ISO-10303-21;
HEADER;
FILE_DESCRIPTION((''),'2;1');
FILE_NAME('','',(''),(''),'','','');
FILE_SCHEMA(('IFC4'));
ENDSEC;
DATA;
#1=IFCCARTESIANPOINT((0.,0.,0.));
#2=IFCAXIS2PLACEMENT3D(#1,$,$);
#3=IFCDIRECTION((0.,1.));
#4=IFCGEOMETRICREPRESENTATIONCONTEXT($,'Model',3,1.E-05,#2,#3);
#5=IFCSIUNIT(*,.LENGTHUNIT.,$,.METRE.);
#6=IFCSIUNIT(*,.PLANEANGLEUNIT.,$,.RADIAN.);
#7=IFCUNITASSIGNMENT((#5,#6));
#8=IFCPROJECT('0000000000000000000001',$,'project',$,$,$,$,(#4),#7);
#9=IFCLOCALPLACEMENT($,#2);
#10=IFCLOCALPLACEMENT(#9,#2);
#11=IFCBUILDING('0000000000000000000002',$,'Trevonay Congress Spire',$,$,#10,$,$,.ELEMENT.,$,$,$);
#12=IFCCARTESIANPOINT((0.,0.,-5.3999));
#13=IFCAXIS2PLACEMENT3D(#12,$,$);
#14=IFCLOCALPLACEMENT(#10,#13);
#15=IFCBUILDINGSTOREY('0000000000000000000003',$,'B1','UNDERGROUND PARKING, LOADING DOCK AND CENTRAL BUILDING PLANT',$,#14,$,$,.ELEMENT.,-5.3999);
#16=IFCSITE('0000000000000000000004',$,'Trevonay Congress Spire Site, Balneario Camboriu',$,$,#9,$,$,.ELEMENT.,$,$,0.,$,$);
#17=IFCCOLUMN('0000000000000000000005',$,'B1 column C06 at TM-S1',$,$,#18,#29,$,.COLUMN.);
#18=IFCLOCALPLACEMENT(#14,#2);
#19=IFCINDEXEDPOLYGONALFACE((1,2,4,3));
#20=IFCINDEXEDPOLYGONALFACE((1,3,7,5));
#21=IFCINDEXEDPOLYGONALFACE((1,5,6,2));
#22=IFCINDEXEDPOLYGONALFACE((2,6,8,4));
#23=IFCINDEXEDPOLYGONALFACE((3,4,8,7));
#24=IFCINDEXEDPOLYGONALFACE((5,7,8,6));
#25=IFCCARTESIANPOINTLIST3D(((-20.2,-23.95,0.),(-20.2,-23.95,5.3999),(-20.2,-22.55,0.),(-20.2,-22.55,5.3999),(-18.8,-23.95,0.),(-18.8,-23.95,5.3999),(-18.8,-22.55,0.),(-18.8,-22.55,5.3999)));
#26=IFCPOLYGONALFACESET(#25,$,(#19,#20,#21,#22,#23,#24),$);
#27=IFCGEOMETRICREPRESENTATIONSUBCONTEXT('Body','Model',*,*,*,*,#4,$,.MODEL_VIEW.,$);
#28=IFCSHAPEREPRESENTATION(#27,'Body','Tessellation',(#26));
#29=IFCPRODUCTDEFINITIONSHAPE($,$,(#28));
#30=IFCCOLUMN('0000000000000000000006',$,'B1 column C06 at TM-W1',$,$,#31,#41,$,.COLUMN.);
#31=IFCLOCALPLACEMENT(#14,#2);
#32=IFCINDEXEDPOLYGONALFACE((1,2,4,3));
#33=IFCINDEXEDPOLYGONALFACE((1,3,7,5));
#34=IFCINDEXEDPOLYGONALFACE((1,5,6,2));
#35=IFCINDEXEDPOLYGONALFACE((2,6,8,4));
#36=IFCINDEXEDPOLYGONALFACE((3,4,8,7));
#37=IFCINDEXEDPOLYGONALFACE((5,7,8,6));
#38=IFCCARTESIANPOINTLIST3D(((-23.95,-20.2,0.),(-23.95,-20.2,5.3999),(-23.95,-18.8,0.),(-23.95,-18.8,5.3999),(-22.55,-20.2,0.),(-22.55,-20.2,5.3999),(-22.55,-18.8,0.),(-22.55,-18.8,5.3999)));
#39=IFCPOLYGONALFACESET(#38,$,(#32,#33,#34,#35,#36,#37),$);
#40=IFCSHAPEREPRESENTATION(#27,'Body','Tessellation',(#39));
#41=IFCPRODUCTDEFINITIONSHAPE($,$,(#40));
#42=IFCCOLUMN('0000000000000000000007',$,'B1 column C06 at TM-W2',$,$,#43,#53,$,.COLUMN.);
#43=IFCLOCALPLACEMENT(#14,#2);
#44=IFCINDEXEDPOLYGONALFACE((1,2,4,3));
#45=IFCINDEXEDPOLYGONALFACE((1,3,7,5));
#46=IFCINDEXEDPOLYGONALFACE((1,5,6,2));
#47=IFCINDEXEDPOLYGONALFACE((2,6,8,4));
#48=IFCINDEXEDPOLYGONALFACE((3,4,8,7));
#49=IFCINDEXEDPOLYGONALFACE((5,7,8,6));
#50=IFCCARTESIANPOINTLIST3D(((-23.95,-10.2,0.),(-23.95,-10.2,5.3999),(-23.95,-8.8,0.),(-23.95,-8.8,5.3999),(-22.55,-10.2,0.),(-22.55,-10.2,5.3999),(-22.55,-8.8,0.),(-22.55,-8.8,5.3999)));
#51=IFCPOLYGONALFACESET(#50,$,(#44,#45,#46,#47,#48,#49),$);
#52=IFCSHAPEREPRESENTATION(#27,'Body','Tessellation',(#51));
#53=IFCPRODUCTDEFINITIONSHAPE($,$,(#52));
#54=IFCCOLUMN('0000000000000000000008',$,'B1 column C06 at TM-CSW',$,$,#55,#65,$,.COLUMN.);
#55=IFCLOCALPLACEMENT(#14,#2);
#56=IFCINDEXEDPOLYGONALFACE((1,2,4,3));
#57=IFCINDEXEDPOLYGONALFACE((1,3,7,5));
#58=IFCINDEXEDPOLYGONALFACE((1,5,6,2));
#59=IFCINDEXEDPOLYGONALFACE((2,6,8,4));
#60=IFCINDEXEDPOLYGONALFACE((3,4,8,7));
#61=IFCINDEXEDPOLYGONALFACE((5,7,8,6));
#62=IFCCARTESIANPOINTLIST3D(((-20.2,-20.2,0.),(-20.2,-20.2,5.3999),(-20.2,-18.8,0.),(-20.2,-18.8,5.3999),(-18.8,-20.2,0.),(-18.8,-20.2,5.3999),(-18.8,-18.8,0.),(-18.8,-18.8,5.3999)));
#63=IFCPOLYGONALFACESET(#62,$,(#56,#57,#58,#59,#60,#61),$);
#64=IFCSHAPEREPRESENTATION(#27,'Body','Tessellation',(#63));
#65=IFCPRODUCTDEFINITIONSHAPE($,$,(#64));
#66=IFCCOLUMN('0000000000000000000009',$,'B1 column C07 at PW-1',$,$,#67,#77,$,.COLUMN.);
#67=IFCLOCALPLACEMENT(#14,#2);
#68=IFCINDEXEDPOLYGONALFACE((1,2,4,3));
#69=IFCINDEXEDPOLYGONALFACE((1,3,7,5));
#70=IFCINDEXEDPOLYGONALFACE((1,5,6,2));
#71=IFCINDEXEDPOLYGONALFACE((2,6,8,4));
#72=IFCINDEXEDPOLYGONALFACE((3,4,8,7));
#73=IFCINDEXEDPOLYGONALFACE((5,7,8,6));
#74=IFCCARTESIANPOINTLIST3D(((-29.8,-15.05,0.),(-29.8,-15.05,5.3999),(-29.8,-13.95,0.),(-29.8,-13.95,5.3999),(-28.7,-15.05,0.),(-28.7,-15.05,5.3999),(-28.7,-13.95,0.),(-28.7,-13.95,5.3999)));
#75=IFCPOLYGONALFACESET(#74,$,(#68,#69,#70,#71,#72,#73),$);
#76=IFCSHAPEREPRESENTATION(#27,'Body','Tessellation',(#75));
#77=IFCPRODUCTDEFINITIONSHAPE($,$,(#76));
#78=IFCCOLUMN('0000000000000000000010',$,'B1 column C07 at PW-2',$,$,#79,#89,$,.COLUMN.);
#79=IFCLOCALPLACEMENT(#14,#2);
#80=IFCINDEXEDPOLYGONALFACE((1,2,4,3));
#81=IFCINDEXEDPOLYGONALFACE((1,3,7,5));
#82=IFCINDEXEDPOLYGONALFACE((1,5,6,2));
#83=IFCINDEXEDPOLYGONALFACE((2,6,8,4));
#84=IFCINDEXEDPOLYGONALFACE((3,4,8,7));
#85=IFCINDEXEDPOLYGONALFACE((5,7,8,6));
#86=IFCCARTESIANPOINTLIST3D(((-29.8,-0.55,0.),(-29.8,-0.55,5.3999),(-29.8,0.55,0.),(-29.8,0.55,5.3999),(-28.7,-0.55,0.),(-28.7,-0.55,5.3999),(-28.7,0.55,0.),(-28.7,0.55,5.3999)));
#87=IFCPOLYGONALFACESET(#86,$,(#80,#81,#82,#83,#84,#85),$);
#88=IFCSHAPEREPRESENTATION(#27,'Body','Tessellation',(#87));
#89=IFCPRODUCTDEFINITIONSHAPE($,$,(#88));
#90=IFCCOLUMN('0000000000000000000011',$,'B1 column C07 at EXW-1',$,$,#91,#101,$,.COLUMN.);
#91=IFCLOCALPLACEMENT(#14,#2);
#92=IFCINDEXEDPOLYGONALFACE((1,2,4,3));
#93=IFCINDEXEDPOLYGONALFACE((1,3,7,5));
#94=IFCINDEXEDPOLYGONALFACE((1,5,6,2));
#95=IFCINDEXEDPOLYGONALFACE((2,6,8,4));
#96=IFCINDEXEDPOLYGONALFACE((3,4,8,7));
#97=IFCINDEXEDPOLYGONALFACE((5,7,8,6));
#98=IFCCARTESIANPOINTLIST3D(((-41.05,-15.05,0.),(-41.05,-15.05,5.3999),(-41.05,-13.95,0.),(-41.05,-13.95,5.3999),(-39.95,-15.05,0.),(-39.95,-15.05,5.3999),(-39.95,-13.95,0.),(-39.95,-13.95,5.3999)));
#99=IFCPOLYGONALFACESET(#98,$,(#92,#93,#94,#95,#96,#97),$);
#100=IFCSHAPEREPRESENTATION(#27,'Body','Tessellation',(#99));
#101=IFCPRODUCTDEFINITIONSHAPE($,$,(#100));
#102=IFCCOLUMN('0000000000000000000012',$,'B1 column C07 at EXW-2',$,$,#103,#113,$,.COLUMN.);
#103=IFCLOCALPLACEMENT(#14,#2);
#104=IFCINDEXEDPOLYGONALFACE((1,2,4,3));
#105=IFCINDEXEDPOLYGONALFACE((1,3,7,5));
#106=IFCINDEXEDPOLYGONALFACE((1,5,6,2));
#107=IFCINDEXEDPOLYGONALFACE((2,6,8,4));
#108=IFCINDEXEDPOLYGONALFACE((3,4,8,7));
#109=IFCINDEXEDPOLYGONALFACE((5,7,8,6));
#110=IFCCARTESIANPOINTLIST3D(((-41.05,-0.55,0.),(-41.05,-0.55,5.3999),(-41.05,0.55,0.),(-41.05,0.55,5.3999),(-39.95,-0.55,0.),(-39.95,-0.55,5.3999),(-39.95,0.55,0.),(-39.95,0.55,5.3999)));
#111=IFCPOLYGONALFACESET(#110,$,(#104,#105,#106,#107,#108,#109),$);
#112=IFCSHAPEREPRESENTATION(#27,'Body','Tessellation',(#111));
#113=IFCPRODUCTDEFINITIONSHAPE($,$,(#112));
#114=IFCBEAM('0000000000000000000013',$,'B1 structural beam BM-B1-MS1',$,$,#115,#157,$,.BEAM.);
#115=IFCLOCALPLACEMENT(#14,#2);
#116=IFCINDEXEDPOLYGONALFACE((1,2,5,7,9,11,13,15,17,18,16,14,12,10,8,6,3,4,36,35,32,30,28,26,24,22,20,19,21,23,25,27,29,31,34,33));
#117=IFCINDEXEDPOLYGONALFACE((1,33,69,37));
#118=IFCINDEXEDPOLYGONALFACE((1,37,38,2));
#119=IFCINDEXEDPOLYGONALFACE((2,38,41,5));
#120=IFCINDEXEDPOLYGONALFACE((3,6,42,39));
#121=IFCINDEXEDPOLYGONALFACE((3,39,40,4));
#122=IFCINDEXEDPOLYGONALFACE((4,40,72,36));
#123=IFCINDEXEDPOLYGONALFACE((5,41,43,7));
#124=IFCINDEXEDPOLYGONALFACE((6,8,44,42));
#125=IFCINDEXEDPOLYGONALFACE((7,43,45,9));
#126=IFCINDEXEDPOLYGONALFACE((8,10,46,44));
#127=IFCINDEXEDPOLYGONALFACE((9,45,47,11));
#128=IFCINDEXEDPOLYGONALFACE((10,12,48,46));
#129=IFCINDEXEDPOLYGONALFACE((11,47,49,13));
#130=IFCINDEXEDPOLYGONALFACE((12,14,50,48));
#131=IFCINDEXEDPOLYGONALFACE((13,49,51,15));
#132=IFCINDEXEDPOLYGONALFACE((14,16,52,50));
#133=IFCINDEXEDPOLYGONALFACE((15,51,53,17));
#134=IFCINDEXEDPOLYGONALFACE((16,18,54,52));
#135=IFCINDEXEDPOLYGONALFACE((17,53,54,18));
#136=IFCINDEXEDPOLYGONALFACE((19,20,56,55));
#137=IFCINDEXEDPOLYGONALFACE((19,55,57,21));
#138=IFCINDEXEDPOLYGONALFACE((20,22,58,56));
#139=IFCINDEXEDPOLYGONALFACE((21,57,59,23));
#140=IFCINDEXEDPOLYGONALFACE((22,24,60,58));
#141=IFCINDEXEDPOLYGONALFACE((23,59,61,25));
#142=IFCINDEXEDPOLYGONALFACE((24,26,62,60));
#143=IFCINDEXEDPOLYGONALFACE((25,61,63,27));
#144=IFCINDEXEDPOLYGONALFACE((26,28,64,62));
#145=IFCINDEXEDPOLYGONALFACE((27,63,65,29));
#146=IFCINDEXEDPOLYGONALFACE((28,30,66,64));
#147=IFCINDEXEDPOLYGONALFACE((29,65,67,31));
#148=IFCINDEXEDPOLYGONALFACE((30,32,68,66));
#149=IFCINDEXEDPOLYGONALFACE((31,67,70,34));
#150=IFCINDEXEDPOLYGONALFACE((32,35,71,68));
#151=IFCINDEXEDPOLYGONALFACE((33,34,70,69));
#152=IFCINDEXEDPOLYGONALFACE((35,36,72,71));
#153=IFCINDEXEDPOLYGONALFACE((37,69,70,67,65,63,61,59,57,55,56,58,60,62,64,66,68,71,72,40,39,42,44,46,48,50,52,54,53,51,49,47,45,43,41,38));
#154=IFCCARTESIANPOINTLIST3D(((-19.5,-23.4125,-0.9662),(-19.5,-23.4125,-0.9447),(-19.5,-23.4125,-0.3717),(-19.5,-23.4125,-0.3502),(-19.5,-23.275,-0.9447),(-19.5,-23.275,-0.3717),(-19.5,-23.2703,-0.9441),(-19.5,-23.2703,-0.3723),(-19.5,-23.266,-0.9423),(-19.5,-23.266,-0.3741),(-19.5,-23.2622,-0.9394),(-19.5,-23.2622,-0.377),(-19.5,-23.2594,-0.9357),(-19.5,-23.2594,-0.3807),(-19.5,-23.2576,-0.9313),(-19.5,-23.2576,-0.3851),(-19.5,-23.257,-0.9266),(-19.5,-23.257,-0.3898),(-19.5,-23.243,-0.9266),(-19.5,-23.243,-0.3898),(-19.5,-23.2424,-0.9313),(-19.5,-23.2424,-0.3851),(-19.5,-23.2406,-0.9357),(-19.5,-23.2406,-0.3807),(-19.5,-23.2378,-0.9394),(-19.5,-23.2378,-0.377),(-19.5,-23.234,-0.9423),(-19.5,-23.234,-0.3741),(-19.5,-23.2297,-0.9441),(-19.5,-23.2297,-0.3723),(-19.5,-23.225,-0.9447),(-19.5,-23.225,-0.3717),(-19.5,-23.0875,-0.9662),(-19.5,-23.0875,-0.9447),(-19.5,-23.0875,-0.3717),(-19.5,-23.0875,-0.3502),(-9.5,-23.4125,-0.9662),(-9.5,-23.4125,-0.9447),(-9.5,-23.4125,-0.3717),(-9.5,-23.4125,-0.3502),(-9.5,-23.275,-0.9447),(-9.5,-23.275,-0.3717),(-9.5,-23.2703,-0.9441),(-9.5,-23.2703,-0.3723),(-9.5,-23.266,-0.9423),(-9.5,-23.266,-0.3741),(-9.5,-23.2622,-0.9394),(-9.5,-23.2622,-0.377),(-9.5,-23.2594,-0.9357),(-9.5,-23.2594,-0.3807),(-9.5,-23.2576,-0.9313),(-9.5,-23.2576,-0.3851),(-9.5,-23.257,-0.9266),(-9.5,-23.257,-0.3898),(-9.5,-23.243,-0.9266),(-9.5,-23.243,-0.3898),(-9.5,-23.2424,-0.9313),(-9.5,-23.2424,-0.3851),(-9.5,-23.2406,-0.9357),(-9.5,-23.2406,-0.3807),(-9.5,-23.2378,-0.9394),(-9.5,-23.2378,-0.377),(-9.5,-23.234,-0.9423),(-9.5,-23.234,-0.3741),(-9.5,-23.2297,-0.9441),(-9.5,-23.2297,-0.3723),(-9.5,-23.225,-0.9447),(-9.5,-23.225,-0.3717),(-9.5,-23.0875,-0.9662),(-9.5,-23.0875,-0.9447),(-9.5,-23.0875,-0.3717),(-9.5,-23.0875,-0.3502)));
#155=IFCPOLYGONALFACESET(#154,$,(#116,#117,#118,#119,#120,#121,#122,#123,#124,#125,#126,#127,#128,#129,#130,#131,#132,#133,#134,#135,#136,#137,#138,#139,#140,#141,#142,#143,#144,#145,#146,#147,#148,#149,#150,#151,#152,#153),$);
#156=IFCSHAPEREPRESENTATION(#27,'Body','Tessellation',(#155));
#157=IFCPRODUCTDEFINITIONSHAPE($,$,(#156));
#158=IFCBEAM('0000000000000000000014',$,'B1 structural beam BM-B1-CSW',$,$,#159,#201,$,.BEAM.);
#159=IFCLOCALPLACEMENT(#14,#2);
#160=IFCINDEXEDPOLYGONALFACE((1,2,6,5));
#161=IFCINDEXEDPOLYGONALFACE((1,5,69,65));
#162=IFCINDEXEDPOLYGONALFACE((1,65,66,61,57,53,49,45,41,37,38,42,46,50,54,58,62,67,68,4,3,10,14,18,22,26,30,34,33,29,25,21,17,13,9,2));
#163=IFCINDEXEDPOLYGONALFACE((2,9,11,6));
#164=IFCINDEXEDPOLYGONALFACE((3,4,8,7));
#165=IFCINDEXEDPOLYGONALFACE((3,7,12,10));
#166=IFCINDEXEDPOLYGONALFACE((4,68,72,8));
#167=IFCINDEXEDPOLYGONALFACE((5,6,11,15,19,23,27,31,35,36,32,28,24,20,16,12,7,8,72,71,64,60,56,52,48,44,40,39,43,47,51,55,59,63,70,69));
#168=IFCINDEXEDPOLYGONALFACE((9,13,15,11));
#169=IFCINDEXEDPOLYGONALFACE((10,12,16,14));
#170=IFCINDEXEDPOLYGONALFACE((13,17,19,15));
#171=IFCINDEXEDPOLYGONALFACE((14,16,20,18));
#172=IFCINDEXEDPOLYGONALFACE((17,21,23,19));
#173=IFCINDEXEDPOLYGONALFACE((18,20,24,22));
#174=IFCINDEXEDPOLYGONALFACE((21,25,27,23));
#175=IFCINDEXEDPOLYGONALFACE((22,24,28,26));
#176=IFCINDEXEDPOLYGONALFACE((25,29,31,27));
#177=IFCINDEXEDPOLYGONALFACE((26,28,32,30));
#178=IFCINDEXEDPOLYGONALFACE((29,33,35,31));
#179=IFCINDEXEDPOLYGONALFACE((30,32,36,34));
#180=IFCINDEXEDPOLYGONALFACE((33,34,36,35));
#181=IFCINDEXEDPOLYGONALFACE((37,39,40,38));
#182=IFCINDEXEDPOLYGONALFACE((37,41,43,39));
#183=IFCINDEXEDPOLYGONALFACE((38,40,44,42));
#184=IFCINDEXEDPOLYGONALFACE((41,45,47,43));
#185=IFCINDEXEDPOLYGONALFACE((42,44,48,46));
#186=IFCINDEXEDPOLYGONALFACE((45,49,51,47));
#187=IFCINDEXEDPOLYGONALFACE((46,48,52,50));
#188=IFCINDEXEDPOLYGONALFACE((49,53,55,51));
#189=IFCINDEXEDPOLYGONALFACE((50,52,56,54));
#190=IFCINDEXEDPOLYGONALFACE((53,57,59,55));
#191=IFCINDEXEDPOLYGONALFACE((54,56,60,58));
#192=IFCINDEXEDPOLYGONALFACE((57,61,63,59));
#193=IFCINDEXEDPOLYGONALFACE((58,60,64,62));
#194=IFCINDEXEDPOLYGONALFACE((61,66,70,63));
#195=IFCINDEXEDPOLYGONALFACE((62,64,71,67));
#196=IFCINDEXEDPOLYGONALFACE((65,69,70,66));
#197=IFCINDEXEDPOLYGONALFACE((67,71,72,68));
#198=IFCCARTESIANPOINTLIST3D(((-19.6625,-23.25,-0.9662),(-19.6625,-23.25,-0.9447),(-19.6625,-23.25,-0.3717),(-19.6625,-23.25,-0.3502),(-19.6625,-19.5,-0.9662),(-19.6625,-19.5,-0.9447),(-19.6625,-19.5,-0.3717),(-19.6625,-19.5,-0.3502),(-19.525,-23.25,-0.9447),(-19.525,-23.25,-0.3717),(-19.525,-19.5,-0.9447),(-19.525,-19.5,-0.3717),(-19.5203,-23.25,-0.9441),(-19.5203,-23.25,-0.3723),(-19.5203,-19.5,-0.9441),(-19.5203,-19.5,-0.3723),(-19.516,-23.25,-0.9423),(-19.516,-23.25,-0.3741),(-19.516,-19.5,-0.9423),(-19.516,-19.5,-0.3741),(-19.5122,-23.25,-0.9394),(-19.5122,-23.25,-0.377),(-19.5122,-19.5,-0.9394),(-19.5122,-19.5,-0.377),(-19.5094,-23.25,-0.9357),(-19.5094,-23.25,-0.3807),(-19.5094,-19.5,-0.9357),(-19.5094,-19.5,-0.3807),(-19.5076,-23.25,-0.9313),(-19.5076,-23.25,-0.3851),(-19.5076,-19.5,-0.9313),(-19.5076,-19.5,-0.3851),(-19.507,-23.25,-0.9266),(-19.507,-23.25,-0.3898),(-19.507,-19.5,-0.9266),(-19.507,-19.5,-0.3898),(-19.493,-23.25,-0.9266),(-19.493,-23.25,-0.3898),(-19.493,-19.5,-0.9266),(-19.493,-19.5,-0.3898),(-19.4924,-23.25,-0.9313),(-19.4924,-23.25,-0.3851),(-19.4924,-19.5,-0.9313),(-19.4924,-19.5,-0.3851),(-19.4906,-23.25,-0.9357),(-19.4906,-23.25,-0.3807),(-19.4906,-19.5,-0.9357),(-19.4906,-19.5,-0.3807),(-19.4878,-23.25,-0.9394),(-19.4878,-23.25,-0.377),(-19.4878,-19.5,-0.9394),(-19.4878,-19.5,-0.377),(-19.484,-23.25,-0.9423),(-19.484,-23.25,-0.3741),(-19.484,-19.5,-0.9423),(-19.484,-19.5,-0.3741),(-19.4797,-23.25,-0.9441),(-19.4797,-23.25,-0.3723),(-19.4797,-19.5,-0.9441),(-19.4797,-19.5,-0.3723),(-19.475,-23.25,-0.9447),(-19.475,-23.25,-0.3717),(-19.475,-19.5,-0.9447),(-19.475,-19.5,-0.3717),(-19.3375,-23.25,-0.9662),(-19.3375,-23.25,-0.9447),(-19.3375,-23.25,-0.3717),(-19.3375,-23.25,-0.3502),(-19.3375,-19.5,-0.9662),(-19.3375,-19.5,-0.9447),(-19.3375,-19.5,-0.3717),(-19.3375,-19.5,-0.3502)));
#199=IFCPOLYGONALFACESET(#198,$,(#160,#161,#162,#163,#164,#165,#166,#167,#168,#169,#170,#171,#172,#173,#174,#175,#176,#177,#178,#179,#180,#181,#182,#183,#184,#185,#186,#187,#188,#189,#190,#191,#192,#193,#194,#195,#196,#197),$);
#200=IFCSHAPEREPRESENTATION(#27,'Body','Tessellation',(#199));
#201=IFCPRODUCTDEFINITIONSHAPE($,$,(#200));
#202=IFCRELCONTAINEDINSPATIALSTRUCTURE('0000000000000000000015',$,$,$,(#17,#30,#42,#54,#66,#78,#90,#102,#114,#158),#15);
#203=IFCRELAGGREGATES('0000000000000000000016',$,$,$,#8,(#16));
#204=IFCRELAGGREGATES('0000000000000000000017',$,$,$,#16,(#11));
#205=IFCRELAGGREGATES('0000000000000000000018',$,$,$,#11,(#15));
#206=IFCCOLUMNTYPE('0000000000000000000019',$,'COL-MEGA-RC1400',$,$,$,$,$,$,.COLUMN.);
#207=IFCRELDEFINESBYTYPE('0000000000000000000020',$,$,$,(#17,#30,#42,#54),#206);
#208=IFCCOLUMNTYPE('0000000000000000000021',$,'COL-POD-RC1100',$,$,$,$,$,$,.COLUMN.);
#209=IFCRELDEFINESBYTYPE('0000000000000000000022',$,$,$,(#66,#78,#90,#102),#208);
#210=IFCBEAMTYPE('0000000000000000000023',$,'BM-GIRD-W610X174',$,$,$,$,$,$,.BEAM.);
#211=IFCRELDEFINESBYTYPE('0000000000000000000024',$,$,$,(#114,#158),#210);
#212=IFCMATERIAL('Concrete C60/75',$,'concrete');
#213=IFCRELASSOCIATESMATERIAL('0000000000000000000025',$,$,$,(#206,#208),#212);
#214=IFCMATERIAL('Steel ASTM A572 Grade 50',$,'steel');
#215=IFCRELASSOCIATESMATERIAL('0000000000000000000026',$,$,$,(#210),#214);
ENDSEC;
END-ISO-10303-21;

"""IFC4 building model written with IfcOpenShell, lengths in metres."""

from ifc_helpers import new_model, si_unit, direction, frame, origin, origin_2d, place, context, subcontext, project, spatial, rectangle, i_section, extrude, material, material_profile, profile_set, type_object, element, save


model = new_model("IFC4")

# Units and contexts
model_context = context("Model", 3, precision=1e-05, world=origin(), true_north=direction((0.0, 1.0)))
body_context = subcontext(model_context, "Body", "Model", "MODEL_VIEW")
ifc_project = project(units=[si_unit("LENGTHUNIT", "METRE"), si_unit("PLANEANGLEUNIT", "RADIAN")], contexts=[model_context])

# Site, building, storey
site_placement = place(None, origin())
site = spatial("IfcSite", under=ifc_project, at=site_placement, Name="Trevonay Congress Spire Site, Balneario Camboriu", CompositionType="ELEMENT", RefElevation=0.0)
building_placement = place(site_placement, origin())
building = spatial("IfcBuilding", under=site, at=building_placement, Name="Trevonay Congress Spire", CompositionType="ELEMENT")
storey_placement = place(building_placement, frame((0.0, 0.0, -5.3999)))
storey = spatial("IfcBuildingStorey", under=building, at=storey_placement, Name="B1", Description="UNDERGROUND PARKING, LOADING DOCK AND CENTRAL BUILDING PLANT", CompositionType="ELEMENT", Elevation=-5.3999)

# Columns
ifc_material_1 = material(Name="Concrete C60/75", Category="concrete")
ifc_material_profile_1 = material_profile(ifc_material_1, rectangle(XDim=1.3999, YDim=1.3999, at=origin_2d()), Name="RC 1400x1400")
ifc_profile_set_1 = profile_set([ifc_material_profile_1], Name="Concrete C60/75")
column_type_1 = type_object("IfcColumnType", Name="COL-MEGA-RC1400", PredefinedType="COLUMN", material=ifc_profile_set_1)
for number, where, z_axis, x_axis, name in (
    (1, (-19.5, -23.25, 0.0), (0.0, 0.0, 1.0), (1.0, 0.0, 0.0), "B1 column C06 at TM-S1"),
    (2, (-23.25, -19.5, 0.0), (0.0, 0.0, 1.0), (1.0, 0.0, 0.0), "B1 column C06 at TM-W1"),
    (3, (-23.25, -9.5, 0.0), (0.0, 0.0, 1.0), (1.0, 0.0, 0.0), "B1 column C06 at TM-W2"),
    (4, (-19.5, -19.5, 0.0), (0.0, 0.0, 1.0), (1.0, 0.0, 0.0), "B1 column C06 at TM-CSW"),
):
    element("IfcColumn", number, at=place(storey_placement, frame(where, z_axis=z_axis, x_axis=x_axis)), inside=storey, type_object=column_type_1, Name=name, PredefinedType="COLUMN", context=body_context, shape_type="SweptSolid", body=[
        extrude(rectangle(XDim=1.3999, YDim=1.3999, at=origin_2d()), origin(), (0.0, 0.0, 1.0), 5.3999),
    ])
ifc_material_profile_2 = material_profile(ifc_material_1, rectangle(XDim=1.1001, YDim=1.1001, at=origin_2d()), Name="RC 1100x1100")
ifc_profile_set_2 = profile_set([ifc_material_profile_2], Name="Concrete C60/75")
column_type_2 = type_object("IfcColumnType", Name="COL-POD-RC1100", PredefinedType="COLUMN", material=ifc_profile_set_2)
for number, where, z_axis, x_axis, name in (
    (5, (-29.25, -14.5, 0.0), (0.0, 0.0, 1.0), (1.0, 0.0, 0.0), "B1 column C07 at PW-1"),
    (6, (-29.25, 0.0, 0.0), (0.0, 0.0, 1.0), (1.0, 0.0, 0.0), "B1 column C07 at PW-2"),
    (7, (-40.5, -14.5, 0.0), (0.0, 0.0, 1.0), (1.0, 0.0, 0.0), "B1 column C07 at EXW-1"),
    (8, (-40.5, 0.0, 0.0), (0.0, 0.0, 1.0), (1.0, 0.0, 0.0), "B1 column C07 at EXW-2"),
):
    element("IfcColumn", number, at=place(storey_placement, frame(where, z_axis=z_axis, x_axis=x_axis)), inside=storey, type_object=column_type_2, Name=name, PredefinedType="COLUMN", context=body_context, shape_type="SweptSolid", body=[
        extrude(rectangle(XDim=1.1001, YDim=1.1001, at=origin_2d()), origin(), (0.0, 0.0, 1.0), 5.3999),
    ])

# Beams
ifc_material_2 = material(Name="Steel ASTM A572 Grade 50", Category="steel")
ifc_material_profile_3 = material_profile(ifc_material_2, i_section(OverallWidth=0.325, OverallDepth=0.616, WebThickness=0.0139, FlangeThickness=0.0215, FilletRadius=0.0181, at=origin_2d()), Name="W610x174")
ifc_profile_set_3 = profile_set([ifc_material_profile_3], Name="Steel ASTM A572 Grade 50")
beam_type_1 = type_object("IfcBeamType", Name="BM-GIRD-W610X174", PredefinedType="BEAM", material=ifc_profile_set_3)
beam_1_placement = place(storey_placement, frame((-19.5, -23.25, -0.6582), z_axis=(1.0, 0.0, 0.0), x_axis=(0.0, 1.0, 0.0)))
element("IfcBeam", 9, at=beam_1_placement, inside=storey, type_object=beam_type_1, Name="B1 structural beam BM-B1-MS1", PredefinedType="BEAM", context=body_context, shape_type="SweptSolid", body=[
    extrude(i_section(OverallWidth=0.325, OverallDepth=0.616, WebThickness=0.0139, FlangeThickness=0.0215, FilletRadius=0.0181, at=origin_2d()), origin(), (0.0, 0.0, 1.0), 10.0),
])
beam_2_placement = place(storey_placement, frame((-19.5, -23.25, -0.6582), z_axis=(0.0, 1.0, 0.0), x_axis=(-1.0, 0.0, 0.0)))
element("IfcBeam", 10, at=beam_2_placement, inside=storey, type_object=beam_type_1, Name="B1 structural beam BM-B1-CSW", PredefinedType="BEAM", context=body_context, shape_type="SweptSolid", body=[
    extrude(i_section(OverallWidth=0.325, OverallDepth=0.616, WebThickness=0.0139, FlangeThickness=0.0215, FilletRadius=0.0181, at=origin_2d()), origin(), (0.0, 0.0, 1.0), 3.75),
])

save(model, "model.ifc")
